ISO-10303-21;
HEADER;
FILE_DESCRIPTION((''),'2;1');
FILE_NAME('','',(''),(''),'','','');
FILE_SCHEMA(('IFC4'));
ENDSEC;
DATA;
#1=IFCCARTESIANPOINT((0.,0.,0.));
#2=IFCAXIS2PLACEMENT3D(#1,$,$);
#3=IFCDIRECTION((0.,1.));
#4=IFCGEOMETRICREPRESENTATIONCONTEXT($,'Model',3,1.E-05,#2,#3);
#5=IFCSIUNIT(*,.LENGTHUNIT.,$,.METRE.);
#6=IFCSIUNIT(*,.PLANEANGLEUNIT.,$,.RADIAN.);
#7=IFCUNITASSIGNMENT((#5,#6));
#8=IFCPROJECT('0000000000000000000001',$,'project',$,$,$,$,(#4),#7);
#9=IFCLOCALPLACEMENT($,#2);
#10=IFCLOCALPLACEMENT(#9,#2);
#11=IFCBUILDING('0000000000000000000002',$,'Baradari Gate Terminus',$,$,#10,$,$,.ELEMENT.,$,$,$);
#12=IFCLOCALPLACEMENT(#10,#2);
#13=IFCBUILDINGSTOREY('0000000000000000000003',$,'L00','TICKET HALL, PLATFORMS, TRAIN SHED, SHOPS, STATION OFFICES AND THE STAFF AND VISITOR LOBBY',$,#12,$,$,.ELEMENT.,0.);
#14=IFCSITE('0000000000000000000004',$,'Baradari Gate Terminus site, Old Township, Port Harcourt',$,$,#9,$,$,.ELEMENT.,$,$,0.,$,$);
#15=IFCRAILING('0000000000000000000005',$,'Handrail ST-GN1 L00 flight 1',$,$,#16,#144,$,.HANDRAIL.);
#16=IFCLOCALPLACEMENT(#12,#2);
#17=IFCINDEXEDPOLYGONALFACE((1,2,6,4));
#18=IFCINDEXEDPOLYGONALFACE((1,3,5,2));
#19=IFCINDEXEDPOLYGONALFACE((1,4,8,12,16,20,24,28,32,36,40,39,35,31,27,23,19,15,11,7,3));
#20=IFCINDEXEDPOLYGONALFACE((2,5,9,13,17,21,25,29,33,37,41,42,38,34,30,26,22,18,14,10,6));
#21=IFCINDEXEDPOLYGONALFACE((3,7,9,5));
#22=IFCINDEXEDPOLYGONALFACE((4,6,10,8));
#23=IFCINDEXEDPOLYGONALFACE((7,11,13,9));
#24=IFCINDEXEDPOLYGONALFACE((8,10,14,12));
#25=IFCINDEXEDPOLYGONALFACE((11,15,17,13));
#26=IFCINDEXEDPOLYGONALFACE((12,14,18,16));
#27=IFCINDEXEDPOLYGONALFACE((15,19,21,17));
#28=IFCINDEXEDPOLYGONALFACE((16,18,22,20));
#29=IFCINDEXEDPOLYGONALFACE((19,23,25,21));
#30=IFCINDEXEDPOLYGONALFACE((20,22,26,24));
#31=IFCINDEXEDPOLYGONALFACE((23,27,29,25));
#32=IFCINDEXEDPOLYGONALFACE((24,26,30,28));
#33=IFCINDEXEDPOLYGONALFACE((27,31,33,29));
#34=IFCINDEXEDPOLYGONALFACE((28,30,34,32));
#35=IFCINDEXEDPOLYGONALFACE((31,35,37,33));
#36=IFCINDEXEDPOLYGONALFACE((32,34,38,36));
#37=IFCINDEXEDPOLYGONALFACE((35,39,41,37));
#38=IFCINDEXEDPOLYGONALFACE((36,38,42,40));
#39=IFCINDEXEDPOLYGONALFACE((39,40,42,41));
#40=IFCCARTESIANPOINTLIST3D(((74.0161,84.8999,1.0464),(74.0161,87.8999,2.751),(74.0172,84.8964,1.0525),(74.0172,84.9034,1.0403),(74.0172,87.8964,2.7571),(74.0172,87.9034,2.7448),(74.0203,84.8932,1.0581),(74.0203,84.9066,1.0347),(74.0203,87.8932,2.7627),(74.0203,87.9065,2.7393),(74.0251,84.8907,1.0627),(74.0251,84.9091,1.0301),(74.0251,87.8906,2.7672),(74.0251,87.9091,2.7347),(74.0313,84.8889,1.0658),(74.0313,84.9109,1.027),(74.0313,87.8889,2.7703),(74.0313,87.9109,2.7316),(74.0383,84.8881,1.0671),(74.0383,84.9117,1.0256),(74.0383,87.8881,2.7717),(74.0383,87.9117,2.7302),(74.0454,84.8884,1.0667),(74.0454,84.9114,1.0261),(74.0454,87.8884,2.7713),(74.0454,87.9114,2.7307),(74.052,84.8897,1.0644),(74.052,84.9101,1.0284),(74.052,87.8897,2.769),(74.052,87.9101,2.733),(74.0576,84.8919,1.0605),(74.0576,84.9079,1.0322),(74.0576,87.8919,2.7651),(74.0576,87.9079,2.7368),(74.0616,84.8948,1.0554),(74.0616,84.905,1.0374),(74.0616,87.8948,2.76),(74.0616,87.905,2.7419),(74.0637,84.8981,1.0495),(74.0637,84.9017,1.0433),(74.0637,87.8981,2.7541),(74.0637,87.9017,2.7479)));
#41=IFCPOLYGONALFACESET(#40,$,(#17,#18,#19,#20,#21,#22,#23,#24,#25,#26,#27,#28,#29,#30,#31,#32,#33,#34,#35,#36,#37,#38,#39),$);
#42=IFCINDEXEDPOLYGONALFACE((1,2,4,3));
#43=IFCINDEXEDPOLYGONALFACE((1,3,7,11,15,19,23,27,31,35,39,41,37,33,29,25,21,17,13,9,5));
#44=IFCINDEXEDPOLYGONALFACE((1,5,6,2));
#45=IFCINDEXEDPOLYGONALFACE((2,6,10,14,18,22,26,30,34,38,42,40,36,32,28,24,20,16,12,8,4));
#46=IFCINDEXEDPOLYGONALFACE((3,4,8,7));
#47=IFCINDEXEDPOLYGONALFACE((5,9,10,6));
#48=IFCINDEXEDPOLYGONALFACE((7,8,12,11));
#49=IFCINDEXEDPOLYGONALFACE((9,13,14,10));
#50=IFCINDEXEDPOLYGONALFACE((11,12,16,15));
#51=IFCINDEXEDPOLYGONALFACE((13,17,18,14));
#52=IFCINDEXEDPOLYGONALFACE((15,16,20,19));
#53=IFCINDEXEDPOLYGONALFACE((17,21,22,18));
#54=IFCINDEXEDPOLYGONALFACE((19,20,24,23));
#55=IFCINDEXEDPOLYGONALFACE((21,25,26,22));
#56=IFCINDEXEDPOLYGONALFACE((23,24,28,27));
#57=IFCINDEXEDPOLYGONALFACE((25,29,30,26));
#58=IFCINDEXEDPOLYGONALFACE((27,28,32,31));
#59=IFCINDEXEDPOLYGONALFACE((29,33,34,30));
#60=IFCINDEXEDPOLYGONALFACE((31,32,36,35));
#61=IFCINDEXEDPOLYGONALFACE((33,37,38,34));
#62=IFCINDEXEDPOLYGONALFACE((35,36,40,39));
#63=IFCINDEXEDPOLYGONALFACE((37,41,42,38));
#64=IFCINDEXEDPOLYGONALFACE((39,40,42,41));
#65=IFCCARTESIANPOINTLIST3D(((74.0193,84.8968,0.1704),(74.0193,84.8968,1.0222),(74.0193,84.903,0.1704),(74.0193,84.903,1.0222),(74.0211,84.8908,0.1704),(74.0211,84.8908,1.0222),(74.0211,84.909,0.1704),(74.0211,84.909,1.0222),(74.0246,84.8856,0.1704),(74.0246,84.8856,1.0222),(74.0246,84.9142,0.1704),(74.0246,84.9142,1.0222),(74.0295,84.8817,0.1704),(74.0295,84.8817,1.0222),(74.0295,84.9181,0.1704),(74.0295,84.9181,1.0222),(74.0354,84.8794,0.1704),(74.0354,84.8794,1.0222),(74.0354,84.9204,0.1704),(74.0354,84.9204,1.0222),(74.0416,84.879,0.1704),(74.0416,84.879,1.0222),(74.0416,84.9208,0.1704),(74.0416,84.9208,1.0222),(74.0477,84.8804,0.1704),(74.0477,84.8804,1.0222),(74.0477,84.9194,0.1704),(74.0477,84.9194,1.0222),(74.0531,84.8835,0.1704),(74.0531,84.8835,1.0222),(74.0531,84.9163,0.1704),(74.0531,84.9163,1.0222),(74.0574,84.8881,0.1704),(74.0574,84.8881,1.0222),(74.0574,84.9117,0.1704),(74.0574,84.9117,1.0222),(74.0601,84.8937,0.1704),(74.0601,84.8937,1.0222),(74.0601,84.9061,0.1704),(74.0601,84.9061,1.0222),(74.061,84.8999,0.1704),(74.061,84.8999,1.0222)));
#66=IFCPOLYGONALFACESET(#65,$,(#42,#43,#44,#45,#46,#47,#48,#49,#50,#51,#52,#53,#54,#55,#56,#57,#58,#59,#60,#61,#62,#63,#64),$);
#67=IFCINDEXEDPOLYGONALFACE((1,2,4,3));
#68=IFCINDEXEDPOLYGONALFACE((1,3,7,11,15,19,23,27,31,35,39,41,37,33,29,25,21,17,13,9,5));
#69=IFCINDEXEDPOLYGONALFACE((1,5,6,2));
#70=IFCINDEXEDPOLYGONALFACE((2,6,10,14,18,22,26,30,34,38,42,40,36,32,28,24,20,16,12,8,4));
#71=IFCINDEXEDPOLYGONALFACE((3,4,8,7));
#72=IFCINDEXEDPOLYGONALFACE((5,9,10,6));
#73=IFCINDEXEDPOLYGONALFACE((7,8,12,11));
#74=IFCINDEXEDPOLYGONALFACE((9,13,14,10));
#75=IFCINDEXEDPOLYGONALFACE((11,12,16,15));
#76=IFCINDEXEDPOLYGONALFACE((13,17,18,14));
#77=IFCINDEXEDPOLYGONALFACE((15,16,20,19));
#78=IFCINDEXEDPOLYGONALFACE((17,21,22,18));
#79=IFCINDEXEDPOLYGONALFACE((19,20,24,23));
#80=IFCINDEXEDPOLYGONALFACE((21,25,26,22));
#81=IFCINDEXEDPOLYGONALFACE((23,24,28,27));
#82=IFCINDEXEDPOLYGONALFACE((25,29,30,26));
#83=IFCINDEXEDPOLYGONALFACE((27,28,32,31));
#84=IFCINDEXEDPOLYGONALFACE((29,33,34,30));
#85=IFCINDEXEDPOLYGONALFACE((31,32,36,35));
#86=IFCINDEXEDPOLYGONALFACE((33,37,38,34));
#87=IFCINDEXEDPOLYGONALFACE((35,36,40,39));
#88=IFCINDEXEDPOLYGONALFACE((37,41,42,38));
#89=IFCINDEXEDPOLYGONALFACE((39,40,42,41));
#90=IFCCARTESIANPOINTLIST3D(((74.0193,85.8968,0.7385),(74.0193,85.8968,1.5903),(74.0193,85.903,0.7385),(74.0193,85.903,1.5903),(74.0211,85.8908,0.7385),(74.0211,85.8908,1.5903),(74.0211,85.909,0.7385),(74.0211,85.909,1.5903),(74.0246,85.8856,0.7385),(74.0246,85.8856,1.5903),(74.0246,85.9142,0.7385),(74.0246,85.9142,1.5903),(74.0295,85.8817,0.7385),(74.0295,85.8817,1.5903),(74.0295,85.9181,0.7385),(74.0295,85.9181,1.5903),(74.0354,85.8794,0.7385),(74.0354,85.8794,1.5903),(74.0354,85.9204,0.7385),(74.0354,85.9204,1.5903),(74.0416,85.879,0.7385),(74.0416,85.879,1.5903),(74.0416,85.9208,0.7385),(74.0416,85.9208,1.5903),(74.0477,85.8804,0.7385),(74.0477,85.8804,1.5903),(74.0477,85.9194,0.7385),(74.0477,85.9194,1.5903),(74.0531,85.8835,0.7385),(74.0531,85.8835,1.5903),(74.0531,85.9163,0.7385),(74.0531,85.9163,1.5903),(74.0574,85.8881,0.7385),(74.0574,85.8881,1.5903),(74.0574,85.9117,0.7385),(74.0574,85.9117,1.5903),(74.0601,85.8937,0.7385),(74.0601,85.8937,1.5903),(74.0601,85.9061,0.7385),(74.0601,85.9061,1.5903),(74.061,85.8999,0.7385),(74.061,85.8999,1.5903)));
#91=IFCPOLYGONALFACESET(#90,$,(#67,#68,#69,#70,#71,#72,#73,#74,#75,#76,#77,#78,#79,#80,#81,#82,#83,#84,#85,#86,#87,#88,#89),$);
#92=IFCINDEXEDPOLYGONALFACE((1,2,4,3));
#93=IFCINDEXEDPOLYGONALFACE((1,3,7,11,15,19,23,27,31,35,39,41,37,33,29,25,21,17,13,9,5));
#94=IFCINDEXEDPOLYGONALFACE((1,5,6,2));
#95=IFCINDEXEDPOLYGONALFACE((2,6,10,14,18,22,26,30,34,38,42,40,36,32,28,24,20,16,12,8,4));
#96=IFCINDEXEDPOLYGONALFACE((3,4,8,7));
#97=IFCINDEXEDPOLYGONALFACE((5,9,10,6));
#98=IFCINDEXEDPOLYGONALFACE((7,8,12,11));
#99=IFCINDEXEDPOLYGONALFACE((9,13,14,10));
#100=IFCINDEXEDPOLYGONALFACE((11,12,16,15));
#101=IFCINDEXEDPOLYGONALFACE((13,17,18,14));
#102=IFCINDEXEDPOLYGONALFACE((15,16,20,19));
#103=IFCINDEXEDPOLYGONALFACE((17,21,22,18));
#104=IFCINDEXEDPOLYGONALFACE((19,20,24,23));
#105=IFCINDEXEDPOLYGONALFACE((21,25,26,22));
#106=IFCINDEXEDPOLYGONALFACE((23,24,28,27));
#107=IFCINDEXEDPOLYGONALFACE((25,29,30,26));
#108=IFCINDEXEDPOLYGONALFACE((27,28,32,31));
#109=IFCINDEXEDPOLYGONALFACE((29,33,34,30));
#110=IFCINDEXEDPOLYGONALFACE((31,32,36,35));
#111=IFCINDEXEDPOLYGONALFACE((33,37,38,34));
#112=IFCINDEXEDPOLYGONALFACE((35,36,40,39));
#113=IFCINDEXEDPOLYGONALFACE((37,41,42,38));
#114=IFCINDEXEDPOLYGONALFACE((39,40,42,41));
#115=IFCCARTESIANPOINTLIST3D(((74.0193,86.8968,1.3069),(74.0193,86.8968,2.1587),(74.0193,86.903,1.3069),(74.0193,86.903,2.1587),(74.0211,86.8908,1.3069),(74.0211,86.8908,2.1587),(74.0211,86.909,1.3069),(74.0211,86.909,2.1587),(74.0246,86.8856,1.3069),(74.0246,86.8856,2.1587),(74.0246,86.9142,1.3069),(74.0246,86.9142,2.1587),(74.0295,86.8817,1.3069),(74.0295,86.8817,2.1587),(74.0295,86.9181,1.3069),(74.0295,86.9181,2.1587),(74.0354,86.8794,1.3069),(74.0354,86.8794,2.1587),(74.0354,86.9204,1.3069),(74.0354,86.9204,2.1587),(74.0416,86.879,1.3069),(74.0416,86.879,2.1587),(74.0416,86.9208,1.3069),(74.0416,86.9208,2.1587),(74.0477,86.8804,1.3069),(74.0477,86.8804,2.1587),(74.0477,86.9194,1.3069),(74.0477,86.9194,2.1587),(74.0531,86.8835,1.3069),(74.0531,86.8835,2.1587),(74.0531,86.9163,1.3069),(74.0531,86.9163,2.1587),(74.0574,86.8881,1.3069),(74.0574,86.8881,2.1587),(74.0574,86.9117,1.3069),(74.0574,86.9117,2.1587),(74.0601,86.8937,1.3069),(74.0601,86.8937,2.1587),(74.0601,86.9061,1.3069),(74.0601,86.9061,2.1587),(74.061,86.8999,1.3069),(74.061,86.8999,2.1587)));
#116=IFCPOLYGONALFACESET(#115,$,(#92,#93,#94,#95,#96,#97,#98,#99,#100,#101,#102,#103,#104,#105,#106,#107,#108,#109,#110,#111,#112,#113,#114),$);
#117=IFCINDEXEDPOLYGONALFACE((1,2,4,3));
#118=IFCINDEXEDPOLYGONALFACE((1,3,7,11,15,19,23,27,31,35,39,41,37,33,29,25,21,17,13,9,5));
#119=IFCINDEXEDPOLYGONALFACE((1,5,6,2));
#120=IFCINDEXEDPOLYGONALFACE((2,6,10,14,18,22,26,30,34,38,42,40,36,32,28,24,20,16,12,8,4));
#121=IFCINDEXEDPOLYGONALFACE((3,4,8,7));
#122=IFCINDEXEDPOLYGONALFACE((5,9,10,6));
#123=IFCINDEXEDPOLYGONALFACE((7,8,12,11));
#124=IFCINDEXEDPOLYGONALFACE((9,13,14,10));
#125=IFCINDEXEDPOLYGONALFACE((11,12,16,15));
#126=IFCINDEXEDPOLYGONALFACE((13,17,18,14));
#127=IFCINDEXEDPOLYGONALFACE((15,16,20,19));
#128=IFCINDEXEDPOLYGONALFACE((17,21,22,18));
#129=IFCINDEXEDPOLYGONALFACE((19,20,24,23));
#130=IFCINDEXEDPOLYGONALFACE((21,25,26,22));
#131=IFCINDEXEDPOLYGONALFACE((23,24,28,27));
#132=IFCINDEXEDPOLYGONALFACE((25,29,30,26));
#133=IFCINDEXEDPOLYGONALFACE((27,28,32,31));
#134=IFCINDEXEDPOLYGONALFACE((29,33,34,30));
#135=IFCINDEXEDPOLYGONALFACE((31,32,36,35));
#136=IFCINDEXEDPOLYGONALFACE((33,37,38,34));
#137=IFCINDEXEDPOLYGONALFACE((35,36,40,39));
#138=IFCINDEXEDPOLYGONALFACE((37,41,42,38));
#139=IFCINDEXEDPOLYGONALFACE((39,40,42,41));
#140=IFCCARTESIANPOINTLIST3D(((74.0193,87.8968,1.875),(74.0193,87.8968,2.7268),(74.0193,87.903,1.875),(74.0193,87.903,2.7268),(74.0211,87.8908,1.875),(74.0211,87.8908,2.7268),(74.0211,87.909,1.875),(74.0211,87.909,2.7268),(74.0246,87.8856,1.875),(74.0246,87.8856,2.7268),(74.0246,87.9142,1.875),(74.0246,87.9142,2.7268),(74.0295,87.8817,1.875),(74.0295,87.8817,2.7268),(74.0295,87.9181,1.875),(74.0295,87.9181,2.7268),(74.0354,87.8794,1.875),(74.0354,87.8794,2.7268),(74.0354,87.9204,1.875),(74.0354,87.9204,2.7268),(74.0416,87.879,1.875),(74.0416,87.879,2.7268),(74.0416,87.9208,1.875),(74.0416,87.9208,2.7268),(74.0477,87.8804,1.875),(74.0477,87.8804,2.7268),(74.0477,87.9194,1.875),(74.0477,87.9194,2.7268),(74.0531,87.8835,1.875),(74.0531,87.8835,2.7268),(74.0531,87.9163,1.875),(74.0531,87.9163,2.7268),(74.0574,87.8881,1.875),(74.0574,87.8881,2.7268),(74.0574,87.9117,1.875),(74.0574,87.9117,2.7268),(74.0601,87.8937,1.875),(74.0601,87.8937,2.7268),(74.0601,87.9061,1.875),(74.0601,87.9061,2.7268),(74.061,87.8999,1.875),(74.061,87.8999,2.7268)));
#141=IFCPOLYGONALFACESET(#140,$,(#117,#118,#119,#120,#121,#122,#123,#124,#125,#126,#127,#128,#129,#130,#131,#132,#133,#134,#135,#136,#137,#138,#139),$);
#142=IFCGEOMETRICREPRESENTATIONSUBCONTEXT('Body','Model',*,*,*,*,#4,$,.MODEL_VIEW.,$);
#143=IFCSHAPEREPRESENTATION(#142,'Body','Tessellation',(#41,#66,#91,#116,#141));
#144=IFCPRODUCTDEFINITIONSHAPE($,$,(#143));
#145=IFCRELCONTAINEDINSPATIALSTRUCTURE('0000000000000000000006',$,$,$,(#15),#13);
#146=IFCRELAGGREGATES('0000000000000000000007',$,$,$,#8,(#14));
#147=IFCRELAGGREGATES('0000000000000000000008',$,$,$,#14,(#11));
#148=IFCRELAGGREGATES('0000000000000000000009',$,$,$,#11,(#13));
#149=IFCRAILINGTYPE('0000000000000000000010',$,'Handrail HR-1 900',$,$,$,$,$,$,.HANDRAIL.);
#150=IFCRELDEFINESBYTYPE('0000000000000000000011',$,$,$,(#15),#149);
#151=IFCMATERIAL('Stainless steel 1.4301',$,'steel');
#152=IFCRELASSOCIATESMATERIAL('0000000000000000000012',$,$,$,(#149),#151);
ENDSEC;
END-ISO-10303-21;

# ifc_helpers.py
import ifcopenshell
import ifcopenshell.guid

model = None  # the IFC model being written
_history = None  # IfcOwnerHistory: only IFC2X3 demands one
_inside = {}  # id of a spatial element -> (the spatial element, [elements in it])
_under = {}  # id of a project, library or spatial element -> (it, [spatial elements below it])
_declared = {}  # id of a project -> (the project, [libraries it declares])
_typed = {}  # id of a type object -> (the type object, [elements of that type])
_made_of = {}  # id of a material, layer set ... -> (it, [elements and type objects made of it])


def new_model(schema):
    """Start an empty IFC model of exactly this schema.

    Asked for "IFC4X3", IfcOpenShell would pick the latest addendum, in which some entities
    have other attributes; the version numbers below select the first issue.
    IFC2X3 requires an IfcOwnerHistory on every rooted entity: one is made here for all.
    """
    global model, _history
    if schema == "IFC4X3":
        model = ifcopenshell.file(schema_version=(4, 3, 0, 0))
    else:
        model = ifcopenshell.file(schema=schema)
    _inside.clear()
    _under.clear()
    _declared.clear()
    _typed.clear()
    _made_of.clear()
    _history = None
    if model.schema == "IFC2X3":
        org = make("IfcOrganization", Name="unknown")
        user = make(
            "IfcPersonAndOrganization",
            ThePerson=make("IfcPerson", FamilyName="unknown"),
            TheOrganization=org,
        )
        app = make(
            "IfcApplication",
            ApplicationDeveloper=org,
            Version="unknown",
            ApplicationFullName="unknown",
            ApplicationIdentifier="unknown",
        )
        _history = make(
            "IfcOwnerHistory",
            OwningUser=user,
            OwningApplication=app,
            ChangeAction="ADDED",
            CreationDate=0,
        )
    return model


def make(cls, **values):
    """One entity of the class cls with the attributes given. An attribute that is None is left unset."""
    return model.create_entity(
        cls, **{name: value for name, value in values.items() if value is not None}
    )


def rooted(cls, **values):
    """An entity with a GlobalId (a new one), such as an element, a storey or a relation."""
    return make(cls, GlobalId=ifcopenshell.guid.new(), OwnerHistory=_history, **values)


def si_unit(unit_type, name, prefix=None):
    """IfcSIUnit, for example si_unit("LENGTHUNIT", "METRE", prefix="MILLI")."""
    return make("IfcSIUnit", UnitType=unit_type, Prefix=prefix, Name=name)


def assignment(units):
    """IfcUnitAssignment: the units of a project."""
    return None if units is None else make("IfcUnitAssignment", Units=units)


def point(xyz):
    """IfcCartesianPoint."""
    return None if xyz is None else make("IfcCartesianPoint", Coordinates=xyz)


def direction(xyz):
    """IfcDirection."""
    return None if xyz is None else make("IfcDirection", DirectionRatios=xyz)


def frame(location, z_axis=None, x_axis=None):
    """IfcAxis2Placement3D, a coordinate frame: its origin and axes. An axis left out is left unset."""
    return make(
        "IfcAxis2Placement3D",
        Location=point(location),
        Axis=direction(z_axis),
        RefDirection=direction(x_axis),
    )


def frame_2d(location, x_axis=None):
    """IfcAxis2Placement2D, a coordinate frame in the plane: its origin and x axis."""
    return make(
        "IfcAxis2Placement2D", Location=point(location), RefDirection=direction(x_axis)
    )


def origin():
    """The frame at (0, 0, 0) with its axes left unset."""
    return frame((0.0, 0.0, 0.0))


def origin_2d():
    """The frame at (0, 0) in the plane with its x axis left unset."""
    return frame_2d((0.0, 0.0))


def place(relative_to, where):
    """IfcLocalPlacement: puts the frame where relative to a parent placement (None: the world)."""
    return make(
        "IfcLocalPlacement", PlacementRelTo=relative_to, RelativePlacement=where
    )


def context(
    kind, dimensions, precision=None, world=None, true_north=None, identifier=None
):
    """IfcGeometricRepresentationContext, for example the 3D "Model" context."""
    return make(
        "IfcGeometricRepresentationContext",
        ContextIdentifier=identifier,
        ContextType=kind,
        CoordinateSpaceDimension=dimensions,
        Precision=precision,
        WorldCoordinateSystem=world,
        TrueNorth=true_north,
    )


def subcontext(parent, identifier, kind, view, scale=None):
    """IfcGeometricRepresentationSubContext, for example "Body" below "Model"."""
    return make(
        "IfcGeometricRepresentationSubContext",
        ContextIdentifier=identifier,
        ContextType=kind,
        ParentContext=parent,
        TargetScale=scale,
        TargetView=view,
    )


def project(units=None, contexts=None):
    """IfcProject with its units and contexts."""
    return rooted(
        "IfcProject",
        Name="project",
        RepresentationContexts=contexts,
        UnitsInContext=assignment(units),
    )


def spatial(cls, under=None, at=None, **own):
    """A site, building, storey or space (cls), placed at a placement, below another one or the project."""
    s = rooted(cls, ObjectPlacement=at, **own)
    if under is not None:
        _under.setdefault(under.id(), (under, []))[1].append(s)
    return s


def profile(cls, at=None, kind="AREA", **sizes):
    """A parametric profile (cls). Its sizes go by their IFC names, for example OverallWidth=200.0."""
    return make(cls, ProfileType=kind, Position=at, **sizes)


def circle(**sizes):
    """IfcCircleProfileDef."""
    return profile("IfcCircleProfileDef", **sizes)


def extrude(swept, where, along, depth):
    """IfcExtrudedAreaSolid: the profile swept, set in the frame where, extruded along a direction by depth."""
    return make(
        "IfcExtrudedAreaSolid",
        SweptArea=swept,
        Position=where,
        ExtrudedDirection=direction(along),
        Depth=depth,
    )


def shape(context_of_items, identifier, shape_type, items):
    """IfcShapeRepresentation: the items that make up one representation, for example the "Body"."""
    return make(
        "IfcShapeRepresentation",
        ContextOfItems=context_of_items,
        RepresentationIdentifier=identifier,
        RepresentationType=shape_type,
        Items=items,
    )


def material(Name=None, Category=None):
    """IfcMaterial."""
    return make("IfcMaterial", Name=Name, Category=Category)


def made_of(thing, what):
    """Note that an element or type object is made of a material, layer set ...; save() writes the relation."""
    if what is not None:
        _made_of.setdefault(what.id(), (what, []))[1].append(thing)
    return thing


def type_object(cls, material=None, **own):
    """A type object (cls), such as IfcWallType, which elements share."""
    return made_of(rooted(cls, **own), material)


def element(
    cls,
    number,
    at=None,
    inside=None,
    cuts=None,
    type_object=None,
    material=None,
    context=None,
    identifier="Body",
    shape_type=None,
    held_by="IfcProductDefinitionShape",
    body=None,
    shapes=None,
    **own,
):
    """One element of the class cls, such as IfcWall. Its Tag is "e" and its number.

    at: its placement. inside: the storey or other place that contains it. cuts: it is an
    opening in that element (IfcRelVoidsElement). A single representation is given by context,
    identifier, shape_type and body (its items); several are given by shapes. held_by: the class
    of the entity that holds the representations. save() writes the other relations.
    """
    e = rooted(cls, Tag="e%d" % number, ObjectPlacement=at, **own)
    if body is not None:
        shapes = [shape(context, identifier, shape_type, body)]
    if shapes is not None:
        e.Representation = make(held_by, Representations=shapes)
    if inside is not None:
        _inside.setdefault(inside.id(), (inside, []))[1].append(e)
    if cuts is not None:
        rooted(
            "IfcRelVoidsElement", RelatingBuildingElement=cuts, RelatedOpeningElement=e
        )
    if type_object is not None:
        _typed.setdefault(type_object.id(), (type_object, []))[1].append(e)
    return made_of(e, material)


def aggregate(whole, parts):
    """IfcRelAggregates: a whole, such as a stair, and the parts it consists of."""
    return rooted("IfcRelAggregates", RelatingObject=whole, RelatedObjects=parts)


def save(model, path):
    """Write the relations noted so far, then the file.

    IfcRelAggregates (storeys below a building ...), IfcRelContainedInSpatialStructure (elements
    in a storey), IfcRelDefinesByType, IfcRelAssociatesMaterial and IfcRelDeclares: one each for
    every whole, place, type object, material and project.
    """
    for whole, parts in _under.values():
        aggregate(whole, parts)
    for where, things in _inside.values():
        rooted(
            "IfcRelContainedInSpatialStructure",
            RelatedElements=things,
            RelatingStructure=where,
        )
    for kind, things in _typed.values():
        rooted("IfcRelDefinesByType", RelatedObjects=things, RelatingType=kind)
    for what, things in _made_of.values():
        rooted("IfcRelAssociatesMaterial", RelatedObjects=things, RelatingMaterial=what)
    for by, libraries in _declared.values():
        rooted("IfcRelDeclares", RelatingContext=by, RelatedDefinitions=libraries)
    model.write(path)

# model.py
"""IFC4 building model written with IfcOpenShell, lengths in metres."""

from ifc_helpers import new_model, si_unit, direction, frame, origin, origin_2d, place, context, subcontext, project, spatial, circle, extrude, material, type_object, element, save


model = new_model("IFC4")

# Units and contexts
model_context = context("Model", 3, precision=1e-05, world=origin(), true_north=direction((0.0, 1.0)))
body_context = subcontext(model_context, "Body", "Model", "MODEL_VIEW")
ifc_project = project(units=[si_unit("LENGTHUNIT", "METRE"), si_unit("PLANEANGLEUNIT", "RADIAN")], contexts=[model_context])

# Site, building, storey
site_placement = place(None, origin())
site = spatial("IfcSite", under=ifc_project, at=site_placement, Name="Baradari Gate Terminus site, Old Township, Port Harcourt", CompositionType="ELEMENT", RefElevation=0.0)
building_placement = place(site_placement, origin())
building = spatial("IfcBuilding", under=site, at=building_placement, Name="Baradari Gate Terminus", CompositionType="ELEMENT")
storey_placement = place(building_placement, origin())
storey = spatial("IfcBuildingStorey", under=building, at=storey_placement, Name="L00", Description="TICKET HALL, PLATFORMS, TRAIN SHED, SHOPS, STATION OFFICES AND THE STAFF AND VISITOR LOBBY", CompositionType="ELEMENT", Elevation=0.0)

# Railing
ifc_material_1 = material(Name="Stainless steel 1.4301", Category="steel")
railing_type_1 = type_object("IfcRailingType", Name="Handrail HR-1 900", PredefinedType="HANDRAIL", material=ifc_material_1)
for number, where, name in (
    (1, (74.04, 84.8999, 0.1704), "Handrail ST-GN1 L00 flight 1"),
):
    element("IfcRailing", number, at=place(storey_placement, frame(where)), inside=storey, type_object=railing_type_1, Name=name, PredefinedType="HANDRAIL", context=body_context, shape_type="SweptSolid", body=[
        extrude(circle(Radius=0.0239, at=origin_2d()), frame((0.0, 0.0, 0.876), z_axis=(0.0, 0.869451, 0.494019), x_axis=(-1.0, 0.0, 0.0)), (0.0, 0.0, 1.0), 3.4504),
        extrude(circle(Radius=0.021, at=origin_2d()), origin(), (0.0, 0.0, 1.0), 0.8518),
        extrude(circle(Radius=0.021, at=origin_2d()), frame((0.0, 1.0, 0.5681)), (0.0, 0.0, 1.0), 0.8518),
        extrude(circle(Radius=0.021, at=origin_2d()), frame((0.0, 2.0, 1.1365)), (0.0, 0.0, 1.0), 0.8518),
        extrude(circle(Radius=0.021, at=origin_2d()), frame((0.0, 3.0, 1.7046)), (0.0, 0.0, 1.0), 0.8518),
    ])

save(model, "model.ifc")
